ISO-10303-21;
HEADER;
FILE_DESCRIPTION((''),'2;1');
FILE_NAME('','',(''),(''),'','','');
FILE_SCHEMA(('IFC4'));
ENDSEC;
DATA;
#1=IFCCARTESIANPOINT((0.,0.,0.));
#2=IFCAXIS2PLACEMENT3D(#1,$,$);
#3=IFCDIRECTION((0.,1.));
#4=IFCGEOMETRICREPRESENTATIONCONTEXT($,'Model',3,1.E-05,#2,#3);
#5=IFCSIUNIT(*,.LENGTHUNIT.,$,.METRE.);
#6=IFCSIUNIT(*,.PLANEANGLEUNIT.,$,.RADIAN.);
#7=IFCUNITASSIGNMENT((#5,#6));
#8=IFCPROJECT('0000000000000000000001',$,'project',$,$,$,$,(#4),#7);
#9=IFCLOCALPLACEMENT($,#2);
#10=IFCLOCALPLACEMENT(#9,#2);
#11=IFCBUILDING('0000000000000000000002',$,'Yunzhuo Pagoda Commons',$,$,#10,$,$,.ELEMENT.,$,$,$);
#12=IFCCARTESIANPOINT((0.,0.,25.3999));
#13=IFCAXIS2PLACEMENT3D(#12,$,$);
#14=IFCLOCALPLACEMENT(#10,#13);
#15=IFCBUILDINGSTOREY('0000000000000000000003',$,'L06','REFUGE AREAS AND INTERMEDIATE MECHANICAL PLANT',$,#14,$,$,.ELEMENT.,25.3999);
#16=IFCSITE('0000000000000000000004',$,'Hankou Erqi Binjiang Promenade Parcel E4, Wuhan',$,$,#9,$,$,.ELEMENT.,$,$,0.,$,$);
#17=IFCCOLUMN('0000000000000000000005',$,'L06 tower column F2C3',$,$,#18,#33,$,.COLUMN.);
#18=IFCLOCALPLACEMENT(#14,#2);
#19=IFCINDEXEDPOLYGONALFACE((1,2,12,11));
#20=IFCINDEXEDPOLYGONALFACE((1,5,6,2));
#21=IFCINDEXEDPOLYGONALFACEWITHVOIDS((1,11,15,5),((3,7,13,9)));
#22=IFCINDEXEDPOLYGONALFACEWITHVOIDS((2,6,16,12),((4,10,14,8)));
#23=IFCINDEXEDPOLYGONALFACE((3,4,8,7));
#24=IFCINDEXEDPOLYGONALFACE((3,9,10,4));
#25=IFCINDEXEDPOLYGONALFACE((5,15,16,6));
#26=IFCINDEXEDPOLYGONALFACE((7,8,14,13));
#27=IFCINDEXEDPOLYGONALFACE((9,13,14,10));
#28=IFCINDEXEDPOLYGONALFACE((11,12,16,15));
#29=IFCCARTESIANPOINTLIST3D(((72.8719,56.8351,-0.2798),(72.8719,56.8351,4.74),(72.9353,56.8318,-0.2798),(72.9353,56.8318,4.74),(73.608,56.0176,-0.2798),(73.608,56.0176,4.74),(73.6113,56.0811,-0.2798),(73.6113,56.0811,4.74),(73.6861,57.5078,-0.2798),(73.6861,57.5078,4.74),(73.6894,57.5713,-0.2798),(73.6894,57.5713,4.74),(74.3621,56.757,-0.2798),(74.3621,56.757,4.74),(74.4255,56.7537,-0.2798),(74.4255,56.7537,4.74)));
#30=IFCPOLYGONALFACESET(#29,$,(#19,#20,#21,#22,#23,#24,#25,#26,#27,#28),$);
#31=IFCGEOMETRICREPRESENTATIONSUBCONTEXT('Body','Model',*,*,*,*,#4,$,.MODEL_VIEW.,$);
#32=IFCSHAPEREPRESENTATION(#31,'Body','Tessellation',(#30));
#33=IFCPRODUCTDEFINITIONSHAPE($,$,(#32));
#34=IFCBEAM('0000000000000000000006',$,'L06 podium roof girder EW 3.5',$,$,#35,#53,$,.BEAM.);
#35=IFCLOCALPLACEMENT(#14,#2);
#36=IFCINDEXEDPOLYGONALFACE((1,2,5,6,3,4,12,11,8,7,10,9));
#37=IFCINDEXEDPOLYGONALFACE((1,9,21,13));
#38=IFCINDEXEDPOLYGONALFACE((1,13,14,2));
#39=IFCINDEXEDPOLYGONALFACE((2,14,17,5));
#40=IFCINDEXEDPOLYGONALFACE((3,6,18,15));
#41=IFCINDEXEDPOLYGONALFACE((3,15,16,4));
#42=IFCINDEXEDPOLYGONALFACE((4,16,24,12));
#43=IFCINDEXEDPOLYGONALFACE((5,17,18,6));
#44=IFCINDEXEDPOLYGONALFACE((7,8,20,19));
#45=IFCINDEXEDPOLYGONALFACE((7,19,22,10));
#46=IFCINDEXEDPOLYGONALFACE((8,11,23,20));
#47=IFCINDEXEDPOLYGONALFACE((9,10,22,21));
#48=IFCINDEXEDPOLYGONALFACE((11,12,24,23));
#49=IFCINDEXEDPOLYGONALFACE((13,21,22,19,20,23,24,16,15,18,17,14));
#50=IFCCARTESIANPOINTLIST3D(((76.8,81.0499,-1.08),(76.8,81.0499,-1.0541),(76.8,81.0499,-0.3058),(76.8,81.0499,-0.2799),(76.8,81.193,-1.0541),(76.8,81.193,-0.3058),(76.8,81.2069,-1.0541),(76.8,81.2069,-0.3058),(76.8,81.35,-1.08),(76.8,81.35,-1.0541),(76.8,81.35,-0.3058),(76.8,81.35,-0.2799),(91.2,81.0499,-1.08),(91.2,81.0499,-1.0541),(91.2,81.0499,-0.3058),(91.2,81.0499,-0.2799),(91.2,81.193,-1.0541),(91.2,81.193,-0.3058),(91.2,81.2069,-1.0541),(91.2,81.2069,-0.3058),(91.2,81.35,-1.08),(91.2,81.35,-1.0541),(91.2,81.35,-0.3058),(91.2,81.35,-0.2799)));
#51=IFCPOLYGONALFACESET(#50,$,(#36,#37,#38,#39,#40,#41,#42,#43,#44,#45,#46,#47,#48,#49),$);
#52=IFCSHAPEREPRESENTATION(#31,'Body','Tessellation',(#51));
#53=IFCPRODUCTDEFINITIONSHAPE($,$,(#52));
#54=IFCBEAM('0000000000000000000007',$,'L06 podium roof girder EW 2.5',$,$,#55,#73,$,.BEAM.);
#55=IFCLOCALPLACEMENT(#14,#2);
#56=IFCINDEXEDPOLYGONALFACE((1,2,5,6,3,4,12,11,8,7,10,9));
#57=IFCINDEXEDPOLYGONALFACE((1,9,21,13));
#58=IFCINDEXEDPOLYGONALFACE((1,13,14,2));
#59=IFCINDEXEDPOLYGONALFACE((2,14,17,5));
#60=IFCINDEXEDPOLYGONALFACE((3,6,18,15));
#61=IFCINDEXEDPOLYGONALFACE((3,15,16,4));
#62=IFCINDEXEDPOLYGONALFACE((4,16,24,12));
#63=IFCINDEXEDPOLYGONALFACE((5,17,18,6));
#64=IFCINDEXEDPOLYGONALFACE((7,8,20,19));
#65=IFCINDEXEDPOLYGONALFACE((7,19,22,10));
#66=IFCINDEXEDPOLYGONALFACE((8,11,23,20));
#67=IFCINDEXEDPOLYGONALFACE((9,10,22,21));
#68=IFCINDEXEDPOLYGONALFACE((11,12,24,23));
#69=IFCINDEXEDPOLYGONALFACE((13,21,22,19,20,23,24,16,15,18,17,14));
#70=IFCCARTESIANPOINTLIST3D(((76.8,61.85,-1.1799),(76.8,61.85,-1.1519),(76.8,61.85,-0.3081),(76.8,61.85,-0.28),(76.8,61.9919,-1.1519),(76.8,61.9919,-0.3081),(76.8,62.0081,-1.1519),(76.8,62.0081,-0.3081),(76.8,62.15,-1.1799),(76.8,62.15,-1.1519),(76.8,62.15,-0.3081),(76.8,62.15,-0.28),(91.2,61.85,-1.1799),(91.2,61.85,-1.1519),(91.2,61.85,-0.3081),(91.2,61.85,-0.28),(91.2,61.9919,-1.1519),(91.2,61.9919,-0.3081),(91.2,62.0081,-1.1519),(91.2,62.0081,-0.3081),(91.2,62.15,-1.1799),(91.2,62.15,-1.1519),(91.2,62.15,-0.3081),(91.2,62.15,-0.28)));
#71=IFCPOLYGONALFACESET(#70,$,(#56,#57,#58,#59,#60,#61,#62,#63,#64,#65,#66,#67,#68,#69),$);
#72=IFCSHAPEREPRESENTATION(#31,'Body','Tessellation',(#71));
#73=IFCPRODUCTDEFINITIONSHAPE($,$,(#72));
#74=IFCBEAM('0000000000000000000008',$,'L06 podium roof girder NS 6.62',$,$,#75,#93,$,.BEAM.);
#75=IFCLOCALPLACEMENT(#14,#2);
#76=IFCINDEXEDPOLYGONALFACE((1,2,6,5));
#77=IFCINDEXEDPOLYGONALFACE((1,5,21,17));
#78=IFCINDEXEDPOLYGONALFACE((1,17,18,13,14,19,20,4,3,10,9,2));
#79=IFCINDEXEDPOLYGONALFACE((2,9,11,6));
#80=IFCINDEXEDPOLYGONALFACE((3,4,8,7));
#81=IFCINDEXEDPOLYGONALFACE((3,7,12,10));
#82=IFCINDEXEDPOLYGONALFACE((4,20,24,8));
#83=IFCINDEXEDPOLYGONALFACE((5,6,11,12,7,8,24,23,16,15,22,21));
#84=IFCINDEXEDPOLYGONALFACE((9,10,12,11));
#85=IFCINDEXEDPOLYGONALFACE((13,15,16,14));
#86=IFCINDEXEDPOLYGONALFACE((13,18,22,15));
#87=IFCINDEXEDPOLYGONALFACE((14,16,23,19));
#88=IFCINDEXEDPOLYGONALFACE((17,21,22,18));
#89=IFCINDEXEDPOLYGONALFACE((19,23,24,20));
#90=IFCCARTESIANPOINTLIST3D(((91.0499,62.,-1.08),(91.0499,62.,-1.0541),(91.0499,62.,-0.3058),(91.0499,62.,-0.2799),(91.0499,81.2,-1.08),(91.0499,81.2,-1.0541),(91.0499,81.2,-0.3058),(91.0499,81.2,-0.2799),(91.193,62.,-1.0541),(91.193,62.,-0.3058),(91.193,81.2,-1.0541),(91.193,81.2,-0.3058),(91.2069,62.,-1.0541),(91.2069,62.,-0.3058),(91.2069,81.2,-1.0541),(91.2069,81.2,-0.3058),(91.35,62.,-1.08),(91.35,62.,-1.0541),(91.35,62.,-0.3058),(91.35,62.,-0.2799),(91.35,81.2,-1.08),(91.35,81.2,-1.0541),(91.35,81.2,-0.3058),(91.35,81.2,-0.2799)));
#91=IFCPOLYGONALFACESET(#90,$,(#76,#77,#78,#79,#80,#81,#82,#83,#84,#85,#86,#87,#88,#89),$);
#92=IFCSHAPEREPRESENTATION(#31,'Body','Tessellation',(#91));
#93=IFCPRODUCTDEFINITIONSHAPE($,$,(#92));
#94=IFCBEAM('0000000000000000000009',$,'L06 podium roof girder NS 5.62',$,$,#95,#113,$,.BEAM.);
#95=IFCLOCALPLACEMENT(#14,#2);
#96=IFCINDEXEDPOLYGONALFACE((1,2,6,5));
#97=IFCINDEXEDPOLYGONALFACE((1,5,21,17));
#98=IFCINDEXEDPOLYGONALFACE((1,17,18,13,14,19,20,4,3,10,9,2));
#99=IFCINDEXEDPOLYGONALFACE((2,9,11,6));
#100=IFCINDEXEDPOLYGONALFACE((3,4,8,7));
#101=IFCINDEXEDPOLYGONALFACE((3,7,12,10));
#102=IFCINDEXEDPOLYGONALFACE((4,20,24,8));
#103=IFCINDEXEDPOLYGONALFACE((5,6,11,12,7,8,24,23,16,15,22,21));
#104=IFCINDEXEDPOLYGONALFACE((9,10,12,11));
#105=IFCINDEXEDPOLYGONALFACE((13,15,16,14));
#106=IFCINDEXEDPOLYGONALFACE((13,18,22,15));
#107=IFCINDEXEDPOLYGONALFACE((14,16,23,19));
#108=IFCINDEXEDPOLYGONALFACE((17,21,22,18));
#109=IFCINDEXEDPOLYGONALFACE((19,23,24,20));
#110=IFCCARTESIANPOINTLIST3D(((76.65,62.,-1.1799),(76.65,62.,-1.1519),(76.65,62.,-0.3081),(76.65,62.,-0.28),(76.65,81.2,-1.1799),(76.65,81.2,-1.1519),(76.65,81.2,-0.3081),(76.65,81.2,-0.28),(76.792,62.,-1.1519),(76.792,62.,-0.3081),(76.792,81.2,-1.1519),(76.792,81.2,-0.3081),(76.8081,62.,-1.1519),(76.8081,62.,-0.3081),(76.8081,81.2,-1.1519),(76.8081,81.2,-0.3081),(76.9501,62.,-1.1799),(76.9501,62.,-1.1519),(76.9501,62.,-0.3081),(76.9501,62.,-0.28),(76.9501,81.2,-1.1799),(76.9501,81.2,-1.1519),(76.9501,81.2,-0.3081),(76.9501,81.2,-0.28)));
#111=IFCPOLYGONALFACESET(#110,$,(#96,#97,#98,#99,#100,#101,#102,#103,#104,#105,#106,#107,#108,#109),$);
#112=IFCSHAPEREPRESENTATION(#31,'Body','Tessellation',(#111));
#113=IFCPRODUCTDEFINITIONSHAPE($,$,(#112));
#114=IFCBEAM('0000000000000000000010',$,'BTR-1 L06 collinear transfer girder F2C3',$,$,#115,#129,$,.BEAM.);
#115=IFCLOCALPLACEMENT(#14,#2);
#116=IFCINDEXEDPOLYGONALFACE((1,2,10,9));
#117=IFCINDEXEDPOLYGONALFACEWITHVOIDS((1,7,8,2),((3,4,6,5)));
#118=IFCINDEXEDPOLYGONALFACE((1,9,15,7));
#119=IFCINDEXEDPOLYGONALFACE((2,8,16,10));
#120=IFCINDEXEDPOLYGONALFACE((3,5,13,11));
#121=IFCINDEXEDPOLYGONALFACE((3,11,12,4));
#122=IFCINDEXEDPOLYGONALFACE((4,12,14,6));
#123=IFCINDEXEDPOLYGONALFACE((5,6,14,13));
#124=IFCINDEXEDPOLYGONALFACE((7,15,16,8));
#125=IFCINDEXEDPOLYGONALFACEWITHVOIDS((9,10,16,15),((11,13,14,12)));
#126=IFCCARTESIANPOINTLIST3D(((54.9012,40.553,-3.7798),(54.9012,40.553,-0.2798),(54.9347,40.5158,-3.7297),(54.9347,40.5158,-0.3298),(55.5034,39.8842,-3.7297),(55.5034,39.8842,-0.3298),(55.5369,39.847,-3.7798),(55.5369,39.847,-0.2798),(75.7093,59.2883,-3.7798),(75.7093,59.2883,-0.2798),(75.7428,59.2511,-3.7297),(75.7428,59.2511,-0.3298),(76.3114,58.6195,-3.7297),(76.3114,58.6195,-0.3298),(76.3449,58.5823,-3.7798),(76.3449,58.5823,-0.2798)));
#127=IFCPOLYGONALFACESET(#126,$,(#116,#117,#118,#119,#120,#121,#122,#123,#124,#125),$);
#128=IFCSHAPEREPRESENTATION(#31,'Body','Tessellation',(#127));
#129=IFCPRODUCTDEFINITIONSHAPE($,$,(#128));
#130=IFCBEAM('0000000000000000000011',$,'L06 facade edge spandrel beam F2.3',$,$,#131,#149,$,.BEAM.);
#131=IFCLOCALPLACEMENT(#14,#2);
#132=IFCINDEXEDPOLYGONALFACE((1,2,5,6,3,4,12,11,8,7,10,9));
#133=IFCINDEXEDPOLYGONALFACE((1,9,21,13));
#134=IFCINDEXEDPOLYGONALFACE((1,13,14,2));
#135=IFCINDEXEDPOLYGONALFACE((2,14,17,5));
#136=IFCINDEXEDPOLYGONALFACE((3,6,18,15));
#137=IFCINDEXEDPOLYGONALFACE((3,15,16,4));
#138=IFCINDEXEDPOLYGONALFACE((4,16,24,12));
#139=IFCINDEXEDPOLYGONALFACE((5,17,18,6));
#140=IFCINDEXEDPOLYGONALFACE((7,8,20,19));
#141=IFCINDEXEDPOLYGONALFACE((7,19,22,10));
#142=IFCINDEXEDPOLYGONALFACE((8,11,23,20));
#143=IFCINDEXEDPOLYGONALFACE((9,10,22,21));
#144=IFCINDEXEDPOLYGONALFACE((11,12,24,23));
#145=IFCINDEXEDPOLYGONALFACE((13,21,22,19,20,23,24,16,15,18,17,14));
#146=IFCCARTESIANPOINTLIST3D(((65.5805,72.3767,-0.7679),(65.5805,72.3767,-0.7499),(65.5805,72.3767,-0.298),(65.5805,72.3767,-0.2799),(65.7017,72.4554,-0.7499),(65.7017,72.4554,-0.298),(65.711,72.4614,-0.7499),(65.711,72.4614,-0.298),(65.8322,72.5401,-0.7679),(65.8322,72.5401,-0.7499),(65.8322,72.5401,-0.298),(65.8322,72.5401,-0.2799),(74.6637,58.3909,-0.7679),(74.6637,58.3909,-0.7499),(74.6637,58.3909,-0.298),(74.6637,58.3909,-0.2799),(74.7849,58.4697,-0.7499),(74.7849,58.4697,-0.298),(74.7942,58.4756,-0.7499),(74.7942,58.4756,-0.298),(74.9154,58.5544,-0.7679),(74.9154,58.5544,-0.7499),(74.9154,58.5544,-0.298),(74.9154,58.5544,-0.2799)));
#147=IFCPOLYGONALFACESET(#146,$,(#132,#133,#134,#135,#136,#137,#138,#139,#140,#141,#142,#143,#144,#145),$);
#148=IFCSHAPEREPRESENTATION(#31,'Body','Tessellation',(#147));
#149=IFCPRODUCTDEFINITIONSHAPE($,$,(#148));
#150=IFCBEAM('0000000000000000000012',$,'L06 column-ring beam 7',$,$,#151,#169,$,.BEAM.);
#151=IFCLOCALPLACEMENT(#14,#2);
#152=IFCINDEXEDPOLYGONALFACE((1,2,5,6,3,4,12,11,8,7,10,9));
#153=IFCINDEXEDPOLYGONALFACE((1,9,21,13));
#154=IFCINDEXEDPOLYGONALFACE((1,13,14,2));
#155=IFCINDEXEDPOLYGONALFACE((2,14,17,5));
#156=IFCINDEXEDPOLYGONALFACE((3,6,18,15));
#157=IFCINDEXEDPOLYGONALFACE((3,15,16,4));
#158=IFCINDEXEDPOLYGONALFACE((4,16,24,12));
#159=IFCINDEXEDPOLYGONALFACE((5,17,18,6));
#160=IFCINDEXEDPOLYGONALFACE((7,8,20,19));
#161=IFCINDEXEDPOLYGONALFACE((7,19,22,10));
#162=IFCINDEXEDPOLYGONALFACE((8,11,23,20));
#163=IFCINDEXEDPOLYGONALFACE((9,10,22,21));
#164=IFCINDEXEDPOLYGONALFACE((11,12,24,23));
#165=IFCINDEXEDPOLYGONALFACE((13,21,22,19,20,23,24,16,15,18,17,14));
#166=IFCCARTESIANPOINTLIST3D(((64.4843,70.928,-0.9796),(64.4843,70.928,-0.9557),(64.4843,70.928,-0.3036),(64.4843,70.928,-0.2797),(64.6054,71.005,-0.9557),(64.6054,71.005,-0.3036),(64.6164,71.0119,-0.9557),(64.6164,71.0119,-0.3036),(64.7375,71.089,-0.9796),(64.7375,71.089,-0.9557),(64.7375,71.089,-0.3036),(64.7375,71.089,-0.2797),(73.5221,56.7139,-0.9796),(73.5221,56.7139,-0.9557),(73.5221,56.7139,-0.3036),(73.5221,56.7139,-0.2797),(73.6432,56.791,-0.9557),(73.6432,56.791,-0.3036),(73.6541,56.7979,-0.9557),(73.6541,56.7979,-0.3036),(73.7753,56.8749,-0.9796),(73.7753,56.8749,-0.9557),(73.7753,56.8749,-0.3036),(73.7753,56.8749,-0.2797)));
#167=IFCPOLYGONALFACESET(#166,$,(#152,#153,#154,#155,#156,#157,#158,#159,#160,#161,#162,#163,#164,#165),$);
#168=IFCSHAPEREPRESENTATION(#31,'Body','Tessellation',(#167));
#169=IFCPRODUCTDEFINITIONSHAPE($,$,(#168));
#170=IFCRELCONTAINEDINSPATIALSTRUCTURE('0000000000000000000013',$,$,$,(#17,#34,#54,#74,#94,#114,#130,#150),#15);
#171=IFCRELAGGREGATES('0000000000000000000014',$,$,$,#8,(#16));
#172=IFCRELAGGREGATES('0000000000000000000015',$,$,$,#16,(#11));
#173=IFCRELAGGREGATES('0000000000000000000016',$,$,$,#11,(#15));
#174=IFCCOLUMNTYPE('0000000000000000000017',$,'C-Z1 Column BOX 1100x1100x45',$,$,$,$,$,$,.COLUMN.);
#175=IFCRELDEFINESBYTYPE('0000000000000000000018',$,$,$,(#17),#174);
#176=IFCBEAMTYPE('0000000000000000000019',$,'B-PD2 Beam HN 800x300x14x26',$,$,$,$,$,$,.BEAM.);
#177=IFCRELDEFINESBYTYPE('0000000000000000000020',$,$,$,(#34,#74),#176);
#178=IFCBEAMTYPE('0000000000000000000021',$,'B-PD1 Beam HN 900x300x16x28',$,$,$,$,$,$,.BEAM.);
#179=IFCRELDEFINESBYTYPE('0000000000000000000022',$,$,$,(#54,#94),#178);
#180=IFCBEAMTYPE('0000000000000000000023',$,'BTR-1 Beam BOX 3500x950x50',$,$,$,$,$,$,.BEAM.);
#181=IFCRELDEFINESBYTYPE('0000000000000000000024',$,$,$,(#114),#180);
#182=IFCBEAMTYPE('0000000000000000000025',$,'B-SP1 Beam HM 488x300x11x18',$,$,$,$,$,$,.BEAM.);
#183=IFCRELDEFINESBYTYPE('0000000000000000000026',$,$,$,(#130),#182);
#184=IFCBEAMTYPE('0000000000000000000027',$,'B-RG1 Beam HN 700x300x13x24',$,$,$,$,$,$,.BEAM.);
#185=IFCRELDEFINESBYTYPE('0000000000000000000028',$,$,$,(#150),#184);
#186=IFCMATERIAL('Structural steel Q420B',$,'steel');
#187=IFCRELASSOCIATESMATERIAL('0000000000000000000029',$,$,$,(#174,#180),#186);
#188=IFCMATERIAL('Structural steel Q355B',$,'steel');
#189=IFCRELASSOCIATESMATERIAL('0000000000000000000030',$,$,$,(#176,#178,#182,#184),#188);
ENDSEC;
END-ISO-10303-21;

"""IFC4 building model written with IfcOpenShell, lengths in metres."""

from ifc_helpers import new_model, si_unit, direction, frame, origin, origin_2d, place, context, subcontext, project, spatial, hollow_rectangle, i_section, extrude, source, transform, mapped, material, material_profile, profile_set, type_object, element, save


model = new_model("IFC4")

# Units and contexts
model_context = context("Model", 3, precision=1e-05, world=origin(), true_north=direction((0.0, 1.0)))
body_context = subcontext(model_context, "Body", "Model", "MODEL_VIEW")
ifc_project = project(units=[si_unit("LENGTHUNIT", "METRE"), si_unit("PLANEANGLEUNIT", "RADIAN")], contexts=[model_context])

# Site, building, storey
site_placement = place(None, origin())
site = spatial("IfcSite", under=ifc_project, at=site_placement, Name="Hankou Erqi Binjiang Promenade Parcel E4, Wuhan", CompositionType="ELEMENT", RefElevation=0.0)
building_placement = place(site_placement, origin())
building = spatial("IfcBuilding", under=site, at=building_placement, Name="Yunzhuo Pagoda Commons", CompositionType="ELEMENT")
storey_placement = place(building_placement, frame((0.0, 0.0, 25.3999)))
storey = spatial("IfcBuildingStorey", under=building, at=storey_placement, Name="L06", Description="REFUGE AREAS AND INTERMEDIATE MECHANICAL PLANT", CompositionType="ELEMENT", Elevation=25.3999)

# Column
ifc_material_1 = material(Name="Structural steel Q420B", Category="steel")
ifc_material_profile_1 = material_profile(ifc_material_1, hollow_rectangle(XDim=1.1001, YDim=1.1001, WallThickness=0.0449, at=origin_2d()), Name="Structural steel Q420B")
ifc_profile_set_1 = profile_set([ifc_material_profile_1], Name="Structural steel Q420B")
column_type = type_object("IfcColumnType", Name="C-Z1 Column BOX 1100x1100x45", PredefinedType="COLUMN", material=ifc_profile_set_1)
shared_shape_1 = source(origin(), body_context, "Body", "SweptSolid", [
    extrude(hollow_rectangle(XDim=1.1001, YDim=1.1001, WallThickness=0.0449, at=origin_2d()), origin(), (0.0, 0.0, 1.0), 5.0198),
])
column_placement = place(storey_placement, frame((73.6487, 56.7944, -0.2798), z_axis=(0.0, 0.0, 1.0), x_axis=(-0.669131, 0.743145, 0.0)))
element("IfcColumn", 1, at=column_placement, inside=storey, type_object=column_type, Name="L06 tower column F2C3", PredefinedType="COLUMN", context=body_context, shape_type="MappedRepresentation", body=[
    mapped(shared_shape_1, transform((0.0, 0.0, 0.0), scale=1.0)),
])

# Beams
ifc_material_2 = material(Name="Structural steel Q355B", Category="steel")
ifc_material_profile_2 = material_profile(ifc_material_2, i_section(OverallWidth=0.3, OverallDepth=0.8, WebThickness=0.0139, FlangeThickness=0.0259, at=origin_2d()), Name="Structural steel Q355B")
ifc_profile_set_2 = profile_set([ifc_material_profile_2], Name="Structural steel Q355B")
beam_type_1 = type_object("IfcBeamType", Name="B-PD2 Beam HN 800x300x14x26", PredefinedType="BEAM", material=ifc_profile_set_2)
shared_shape_2 = source(origin(), body_context, "Body", "SweptSolid", [
    extrude(i_section(OverallWidth=0.3, OverallDepth=0.8, WebThickness=0.0139, FlangeThickness=0.0259, at=origin_2d()), origin(), (0.0, 0.0, 1.0), 14.3999),
])
beam_1_placement = place(storey_placement, frame((76.8, 81.2, -0.6799), z_axis=(1.0, 0.0, 0.0), x_axis=(0.0, 1.0, 0.0)))
element("IfcBeam", 2, at=beam_1_placement, inside=storey, type_object=beam_type_1, Name="L06 podium roof girder EW 3.5", PredefinedType="BEAM", context=body_context, shape_type="MappedRepresentation", body=[
    mapped(shared_shape_2, transform((0.0, 0.0, 0.0), scale=1.0)),
])
ifc_material_profile_3 = material_profile(ifc_material_2, i_section(OverallWidth=0.3, OverallDepth=0.8999, WebThickness=0.0161, FlangeThickness=0.0281, at=origin_2d()), Name="Structural steel Q355B")
ifc_profile_set_3 = profile_set([ifc_material_profile_3], Name="Structural steel Q355B")
beam_type_2 = type_object("IfcBeamType", Name="B-PD1 Beam HN 900x300x16x28", PredefinedType="BEAM", material=ifc_profile_set_3)
shared_shape_3 = source(origin(), body_context, "Body", "SweptSolid", [
    extrude(i_section(OverallWidth=0.3, OverallDepth=0.8999, WebThickness=0.0161, FlangeThickness=0.0281, at=origin_2d()), origin(), (0.0, 0.0, 1.0), 14.3999),
])
beam_2_placement = place(storey_placement, frame((76.8, 62.0, -0.73), z_axis=(1.0, 0.0, 0.0), x_axis=(0.0, 1.0, 0.0)))
element("IfcBeam", 3, at=beam_2_placement, inside=storey, type_object=beam_type_2, Name="L06 podium roof girder EW 2.5", PredefinedType="BEAM", context=body_context, shape_type="MappedRepresentation", body=[
    mapped(shared_shape_3, transform((0.0, 0.0, 0.0), scale=1.0)),
])
shared_shape_4 = source(origin(), body_context, "Body", "SweptSolid", [
    extrude(i_section(OverallWidth=0.3, OverallDepth=0.8, WebThickness=0.0139, FlangeThickness=0.0259, at=origin_2d()), origin(), (0.0, 0.0, 1.0), 19.2),
])
beam_3_placement = place(storey_placement, frame((91.2, 62.0, -0.6799), z_axis=(0.0, 1.0, 0.0), x_axis=(-1.0, 0.0, 0.0)))
element("IfcBeam", 4, at=beam_3_placement, inside=storey, type_object=beam_type_1, Name="L06 podium roof girder NS 6.62", PredefinedType="BEAM", context=body_context, shape_type="MappedRepresentation", body=[
    mapped(shared_shape_4, transform((0.0, 0.0, 0.0), scale=1.0)),
])
shared_shape_5 = source(origin(), body_context, "Body", "SweptSolid", [
    extrude(i_section(OverallWidth=0.3, OverallDepth=0.8999, WebThickness=0.0161, FlangeThickness=0.0281, at=origin_2d()), origin(), (0.0, 0.0, 1.0), 19.2),
])
beam_4_placement = place(storey_placement, frame((76.8, 62.0, -0.73), z_axis=(0.0, 1.0, 0.0), x_axis=(-1.0, 0.0, 0.0)))
element("IfcBeam", 5, at=beam_4_placement, inside=storey, type_object=beam_type_2, Name="L06 podium roof girder NS 5.62", PredefinedType="BEAM", context=body_context, shape_type="MappedRepresentation", body=[
    mapped(shared_shape_5, transform((0.0, 0.0, 0.0), scale=1.0)),
])
ifc_material_profile_4 = material_profile(ifc_material_1, hollow_rectangle(XDim=0.95, YDim=3.5, WallThickness=0.05, at=origin_2d()), Name="Structural steel Q420B")
ifc_profile_set_4 = profile_set([ifc_material_profile_4], Name="Structural steel Q420B")
beam_type_3 = type_object("IfcBeamType", Name="BTR-1 Beam BOX 3500x950x50", PredefinedType="BEAM", material=ifc_profile_set_4)
shared_shape_6 = source(origin(), body_context, "Body", "SweptSolid", [
    extrude(hollow_rectangle(XDim=0.95, YDim=3.5, WallThickness=0.05, at=origin_2d()), origin(), (0.0, 0.0, 1.0), 27.9998),
])
beam_5_placement = place(storey_placement, frame((76.0271, 58.9353, -2.0298), z_axis=(-0.743151, -0.669124, 0.0), x_axis=(0.669124, -0.743151, 0.0)))
element("IfcBeam", 6, at=beam_5_placement, inside=storey, type_object=beam_type_3, Name="BTR-1 L06 collinear transfer girder F2C3", PredefinedType="BEAM", context=body_context, shape_type="MappedRepresentation", body=[
    mapped(shared_shape_6, transform((0.0, 0.0, 0.0), scale=1.0)),
])
ifc_material_profile_5 = material_profile(ifc_material_2, i_section(OverallWidth=0.3, OverallDepth=0.488, WebThickness=0.011, FlangeThickness=0.0181, at=origin_2d()), Name="Structural steel Q355B")
ifc_profile_set_5 = profile_set([ifc_material_profile_5], Name="Structural steel Q355B")
beam_type_4 = type_object("IfcBeamType", Name="B-SP1 Beam HM 488x300x11x18", PredefinedType="BEAM", material=ifc_profile_set_5)
shared_shape_7 = source(origin(), body_context, "Body", "SweptSolid", [
    extrude(i_section(OverallWidth=0.3, OverallDepth=0.488, WebThickness=0.011, FlangeThickness=0.0181, at=origin_2d()), origin(), (0.0, 0.0, 1.0), 16.6765),
])
beam_6_placement = place(storey_placement, frame((74.7896, 58.4727, -0.5239), z_axis=(-0.54467, 0.83865, 0.0), x_axis=(-0.83865, -0.54467, 0.0)))
element("IfcBeam", 7, at=beam_6_placement, inside=storey, type_object=beam_type_4, Name="L06 facade edge spandrel beam F2.3", PredefinedType="BEAM", context=body_context, shape_type="MappedRepresentation", body=[
    mapped(shared_shape_7, transform((0.0, 0.0, 0.0), scale=1.0)),
])
ifc_material_profile_6 = material_profile(ifc_material_2, i_section(OverallWidth=0.3, OverallDepth=0.7, WebThickness=0.0129, FlangeThickness=0.0239, at=origin_2d()), Name="Structural steel Q355B")
ifc_profile_set_6 = profile_set([ifc_material_profile_6], Name="Structural steel Q355B")
beam_type_5 = type_object("IfcBeamType", Name="B-RG1 Beam HN 700x300x13x24", PredefinedType="BEAM", material=ifc_profile_set_6)
shared_shape_8 = source(origin(), body_context, "Body", "SweptSolid", [
    extrude(i_section(OverallWidth=0.3, OverallDepth=0.7, WebThickness=0.0129, FlangeThickness=0.0239, at=origin_2d()), origin(), (0.0, 0.0, 1.0), 16.844),
])
beam_7_placement = place(storey_placement, frame((73.6487, 56.7944, -0.6296), z_axis=(-0.536558, 0.843863, 0.0), x_axis=(-0.843863, -0.536558, 0.0)))
element("IfcBeam", 8, at=beam_7_placement, inside=storey, type_object=beam_type_5, Name="L06 column-ring beam 7", PredefinedType="BEAM", context=body_context, shape_type="MappedRepresentation", body=[
    mapped(shared_shape_8, transform((0.0, 0.0, 0.0), scale=1.0)),
])

save(model, "model.ifc")
